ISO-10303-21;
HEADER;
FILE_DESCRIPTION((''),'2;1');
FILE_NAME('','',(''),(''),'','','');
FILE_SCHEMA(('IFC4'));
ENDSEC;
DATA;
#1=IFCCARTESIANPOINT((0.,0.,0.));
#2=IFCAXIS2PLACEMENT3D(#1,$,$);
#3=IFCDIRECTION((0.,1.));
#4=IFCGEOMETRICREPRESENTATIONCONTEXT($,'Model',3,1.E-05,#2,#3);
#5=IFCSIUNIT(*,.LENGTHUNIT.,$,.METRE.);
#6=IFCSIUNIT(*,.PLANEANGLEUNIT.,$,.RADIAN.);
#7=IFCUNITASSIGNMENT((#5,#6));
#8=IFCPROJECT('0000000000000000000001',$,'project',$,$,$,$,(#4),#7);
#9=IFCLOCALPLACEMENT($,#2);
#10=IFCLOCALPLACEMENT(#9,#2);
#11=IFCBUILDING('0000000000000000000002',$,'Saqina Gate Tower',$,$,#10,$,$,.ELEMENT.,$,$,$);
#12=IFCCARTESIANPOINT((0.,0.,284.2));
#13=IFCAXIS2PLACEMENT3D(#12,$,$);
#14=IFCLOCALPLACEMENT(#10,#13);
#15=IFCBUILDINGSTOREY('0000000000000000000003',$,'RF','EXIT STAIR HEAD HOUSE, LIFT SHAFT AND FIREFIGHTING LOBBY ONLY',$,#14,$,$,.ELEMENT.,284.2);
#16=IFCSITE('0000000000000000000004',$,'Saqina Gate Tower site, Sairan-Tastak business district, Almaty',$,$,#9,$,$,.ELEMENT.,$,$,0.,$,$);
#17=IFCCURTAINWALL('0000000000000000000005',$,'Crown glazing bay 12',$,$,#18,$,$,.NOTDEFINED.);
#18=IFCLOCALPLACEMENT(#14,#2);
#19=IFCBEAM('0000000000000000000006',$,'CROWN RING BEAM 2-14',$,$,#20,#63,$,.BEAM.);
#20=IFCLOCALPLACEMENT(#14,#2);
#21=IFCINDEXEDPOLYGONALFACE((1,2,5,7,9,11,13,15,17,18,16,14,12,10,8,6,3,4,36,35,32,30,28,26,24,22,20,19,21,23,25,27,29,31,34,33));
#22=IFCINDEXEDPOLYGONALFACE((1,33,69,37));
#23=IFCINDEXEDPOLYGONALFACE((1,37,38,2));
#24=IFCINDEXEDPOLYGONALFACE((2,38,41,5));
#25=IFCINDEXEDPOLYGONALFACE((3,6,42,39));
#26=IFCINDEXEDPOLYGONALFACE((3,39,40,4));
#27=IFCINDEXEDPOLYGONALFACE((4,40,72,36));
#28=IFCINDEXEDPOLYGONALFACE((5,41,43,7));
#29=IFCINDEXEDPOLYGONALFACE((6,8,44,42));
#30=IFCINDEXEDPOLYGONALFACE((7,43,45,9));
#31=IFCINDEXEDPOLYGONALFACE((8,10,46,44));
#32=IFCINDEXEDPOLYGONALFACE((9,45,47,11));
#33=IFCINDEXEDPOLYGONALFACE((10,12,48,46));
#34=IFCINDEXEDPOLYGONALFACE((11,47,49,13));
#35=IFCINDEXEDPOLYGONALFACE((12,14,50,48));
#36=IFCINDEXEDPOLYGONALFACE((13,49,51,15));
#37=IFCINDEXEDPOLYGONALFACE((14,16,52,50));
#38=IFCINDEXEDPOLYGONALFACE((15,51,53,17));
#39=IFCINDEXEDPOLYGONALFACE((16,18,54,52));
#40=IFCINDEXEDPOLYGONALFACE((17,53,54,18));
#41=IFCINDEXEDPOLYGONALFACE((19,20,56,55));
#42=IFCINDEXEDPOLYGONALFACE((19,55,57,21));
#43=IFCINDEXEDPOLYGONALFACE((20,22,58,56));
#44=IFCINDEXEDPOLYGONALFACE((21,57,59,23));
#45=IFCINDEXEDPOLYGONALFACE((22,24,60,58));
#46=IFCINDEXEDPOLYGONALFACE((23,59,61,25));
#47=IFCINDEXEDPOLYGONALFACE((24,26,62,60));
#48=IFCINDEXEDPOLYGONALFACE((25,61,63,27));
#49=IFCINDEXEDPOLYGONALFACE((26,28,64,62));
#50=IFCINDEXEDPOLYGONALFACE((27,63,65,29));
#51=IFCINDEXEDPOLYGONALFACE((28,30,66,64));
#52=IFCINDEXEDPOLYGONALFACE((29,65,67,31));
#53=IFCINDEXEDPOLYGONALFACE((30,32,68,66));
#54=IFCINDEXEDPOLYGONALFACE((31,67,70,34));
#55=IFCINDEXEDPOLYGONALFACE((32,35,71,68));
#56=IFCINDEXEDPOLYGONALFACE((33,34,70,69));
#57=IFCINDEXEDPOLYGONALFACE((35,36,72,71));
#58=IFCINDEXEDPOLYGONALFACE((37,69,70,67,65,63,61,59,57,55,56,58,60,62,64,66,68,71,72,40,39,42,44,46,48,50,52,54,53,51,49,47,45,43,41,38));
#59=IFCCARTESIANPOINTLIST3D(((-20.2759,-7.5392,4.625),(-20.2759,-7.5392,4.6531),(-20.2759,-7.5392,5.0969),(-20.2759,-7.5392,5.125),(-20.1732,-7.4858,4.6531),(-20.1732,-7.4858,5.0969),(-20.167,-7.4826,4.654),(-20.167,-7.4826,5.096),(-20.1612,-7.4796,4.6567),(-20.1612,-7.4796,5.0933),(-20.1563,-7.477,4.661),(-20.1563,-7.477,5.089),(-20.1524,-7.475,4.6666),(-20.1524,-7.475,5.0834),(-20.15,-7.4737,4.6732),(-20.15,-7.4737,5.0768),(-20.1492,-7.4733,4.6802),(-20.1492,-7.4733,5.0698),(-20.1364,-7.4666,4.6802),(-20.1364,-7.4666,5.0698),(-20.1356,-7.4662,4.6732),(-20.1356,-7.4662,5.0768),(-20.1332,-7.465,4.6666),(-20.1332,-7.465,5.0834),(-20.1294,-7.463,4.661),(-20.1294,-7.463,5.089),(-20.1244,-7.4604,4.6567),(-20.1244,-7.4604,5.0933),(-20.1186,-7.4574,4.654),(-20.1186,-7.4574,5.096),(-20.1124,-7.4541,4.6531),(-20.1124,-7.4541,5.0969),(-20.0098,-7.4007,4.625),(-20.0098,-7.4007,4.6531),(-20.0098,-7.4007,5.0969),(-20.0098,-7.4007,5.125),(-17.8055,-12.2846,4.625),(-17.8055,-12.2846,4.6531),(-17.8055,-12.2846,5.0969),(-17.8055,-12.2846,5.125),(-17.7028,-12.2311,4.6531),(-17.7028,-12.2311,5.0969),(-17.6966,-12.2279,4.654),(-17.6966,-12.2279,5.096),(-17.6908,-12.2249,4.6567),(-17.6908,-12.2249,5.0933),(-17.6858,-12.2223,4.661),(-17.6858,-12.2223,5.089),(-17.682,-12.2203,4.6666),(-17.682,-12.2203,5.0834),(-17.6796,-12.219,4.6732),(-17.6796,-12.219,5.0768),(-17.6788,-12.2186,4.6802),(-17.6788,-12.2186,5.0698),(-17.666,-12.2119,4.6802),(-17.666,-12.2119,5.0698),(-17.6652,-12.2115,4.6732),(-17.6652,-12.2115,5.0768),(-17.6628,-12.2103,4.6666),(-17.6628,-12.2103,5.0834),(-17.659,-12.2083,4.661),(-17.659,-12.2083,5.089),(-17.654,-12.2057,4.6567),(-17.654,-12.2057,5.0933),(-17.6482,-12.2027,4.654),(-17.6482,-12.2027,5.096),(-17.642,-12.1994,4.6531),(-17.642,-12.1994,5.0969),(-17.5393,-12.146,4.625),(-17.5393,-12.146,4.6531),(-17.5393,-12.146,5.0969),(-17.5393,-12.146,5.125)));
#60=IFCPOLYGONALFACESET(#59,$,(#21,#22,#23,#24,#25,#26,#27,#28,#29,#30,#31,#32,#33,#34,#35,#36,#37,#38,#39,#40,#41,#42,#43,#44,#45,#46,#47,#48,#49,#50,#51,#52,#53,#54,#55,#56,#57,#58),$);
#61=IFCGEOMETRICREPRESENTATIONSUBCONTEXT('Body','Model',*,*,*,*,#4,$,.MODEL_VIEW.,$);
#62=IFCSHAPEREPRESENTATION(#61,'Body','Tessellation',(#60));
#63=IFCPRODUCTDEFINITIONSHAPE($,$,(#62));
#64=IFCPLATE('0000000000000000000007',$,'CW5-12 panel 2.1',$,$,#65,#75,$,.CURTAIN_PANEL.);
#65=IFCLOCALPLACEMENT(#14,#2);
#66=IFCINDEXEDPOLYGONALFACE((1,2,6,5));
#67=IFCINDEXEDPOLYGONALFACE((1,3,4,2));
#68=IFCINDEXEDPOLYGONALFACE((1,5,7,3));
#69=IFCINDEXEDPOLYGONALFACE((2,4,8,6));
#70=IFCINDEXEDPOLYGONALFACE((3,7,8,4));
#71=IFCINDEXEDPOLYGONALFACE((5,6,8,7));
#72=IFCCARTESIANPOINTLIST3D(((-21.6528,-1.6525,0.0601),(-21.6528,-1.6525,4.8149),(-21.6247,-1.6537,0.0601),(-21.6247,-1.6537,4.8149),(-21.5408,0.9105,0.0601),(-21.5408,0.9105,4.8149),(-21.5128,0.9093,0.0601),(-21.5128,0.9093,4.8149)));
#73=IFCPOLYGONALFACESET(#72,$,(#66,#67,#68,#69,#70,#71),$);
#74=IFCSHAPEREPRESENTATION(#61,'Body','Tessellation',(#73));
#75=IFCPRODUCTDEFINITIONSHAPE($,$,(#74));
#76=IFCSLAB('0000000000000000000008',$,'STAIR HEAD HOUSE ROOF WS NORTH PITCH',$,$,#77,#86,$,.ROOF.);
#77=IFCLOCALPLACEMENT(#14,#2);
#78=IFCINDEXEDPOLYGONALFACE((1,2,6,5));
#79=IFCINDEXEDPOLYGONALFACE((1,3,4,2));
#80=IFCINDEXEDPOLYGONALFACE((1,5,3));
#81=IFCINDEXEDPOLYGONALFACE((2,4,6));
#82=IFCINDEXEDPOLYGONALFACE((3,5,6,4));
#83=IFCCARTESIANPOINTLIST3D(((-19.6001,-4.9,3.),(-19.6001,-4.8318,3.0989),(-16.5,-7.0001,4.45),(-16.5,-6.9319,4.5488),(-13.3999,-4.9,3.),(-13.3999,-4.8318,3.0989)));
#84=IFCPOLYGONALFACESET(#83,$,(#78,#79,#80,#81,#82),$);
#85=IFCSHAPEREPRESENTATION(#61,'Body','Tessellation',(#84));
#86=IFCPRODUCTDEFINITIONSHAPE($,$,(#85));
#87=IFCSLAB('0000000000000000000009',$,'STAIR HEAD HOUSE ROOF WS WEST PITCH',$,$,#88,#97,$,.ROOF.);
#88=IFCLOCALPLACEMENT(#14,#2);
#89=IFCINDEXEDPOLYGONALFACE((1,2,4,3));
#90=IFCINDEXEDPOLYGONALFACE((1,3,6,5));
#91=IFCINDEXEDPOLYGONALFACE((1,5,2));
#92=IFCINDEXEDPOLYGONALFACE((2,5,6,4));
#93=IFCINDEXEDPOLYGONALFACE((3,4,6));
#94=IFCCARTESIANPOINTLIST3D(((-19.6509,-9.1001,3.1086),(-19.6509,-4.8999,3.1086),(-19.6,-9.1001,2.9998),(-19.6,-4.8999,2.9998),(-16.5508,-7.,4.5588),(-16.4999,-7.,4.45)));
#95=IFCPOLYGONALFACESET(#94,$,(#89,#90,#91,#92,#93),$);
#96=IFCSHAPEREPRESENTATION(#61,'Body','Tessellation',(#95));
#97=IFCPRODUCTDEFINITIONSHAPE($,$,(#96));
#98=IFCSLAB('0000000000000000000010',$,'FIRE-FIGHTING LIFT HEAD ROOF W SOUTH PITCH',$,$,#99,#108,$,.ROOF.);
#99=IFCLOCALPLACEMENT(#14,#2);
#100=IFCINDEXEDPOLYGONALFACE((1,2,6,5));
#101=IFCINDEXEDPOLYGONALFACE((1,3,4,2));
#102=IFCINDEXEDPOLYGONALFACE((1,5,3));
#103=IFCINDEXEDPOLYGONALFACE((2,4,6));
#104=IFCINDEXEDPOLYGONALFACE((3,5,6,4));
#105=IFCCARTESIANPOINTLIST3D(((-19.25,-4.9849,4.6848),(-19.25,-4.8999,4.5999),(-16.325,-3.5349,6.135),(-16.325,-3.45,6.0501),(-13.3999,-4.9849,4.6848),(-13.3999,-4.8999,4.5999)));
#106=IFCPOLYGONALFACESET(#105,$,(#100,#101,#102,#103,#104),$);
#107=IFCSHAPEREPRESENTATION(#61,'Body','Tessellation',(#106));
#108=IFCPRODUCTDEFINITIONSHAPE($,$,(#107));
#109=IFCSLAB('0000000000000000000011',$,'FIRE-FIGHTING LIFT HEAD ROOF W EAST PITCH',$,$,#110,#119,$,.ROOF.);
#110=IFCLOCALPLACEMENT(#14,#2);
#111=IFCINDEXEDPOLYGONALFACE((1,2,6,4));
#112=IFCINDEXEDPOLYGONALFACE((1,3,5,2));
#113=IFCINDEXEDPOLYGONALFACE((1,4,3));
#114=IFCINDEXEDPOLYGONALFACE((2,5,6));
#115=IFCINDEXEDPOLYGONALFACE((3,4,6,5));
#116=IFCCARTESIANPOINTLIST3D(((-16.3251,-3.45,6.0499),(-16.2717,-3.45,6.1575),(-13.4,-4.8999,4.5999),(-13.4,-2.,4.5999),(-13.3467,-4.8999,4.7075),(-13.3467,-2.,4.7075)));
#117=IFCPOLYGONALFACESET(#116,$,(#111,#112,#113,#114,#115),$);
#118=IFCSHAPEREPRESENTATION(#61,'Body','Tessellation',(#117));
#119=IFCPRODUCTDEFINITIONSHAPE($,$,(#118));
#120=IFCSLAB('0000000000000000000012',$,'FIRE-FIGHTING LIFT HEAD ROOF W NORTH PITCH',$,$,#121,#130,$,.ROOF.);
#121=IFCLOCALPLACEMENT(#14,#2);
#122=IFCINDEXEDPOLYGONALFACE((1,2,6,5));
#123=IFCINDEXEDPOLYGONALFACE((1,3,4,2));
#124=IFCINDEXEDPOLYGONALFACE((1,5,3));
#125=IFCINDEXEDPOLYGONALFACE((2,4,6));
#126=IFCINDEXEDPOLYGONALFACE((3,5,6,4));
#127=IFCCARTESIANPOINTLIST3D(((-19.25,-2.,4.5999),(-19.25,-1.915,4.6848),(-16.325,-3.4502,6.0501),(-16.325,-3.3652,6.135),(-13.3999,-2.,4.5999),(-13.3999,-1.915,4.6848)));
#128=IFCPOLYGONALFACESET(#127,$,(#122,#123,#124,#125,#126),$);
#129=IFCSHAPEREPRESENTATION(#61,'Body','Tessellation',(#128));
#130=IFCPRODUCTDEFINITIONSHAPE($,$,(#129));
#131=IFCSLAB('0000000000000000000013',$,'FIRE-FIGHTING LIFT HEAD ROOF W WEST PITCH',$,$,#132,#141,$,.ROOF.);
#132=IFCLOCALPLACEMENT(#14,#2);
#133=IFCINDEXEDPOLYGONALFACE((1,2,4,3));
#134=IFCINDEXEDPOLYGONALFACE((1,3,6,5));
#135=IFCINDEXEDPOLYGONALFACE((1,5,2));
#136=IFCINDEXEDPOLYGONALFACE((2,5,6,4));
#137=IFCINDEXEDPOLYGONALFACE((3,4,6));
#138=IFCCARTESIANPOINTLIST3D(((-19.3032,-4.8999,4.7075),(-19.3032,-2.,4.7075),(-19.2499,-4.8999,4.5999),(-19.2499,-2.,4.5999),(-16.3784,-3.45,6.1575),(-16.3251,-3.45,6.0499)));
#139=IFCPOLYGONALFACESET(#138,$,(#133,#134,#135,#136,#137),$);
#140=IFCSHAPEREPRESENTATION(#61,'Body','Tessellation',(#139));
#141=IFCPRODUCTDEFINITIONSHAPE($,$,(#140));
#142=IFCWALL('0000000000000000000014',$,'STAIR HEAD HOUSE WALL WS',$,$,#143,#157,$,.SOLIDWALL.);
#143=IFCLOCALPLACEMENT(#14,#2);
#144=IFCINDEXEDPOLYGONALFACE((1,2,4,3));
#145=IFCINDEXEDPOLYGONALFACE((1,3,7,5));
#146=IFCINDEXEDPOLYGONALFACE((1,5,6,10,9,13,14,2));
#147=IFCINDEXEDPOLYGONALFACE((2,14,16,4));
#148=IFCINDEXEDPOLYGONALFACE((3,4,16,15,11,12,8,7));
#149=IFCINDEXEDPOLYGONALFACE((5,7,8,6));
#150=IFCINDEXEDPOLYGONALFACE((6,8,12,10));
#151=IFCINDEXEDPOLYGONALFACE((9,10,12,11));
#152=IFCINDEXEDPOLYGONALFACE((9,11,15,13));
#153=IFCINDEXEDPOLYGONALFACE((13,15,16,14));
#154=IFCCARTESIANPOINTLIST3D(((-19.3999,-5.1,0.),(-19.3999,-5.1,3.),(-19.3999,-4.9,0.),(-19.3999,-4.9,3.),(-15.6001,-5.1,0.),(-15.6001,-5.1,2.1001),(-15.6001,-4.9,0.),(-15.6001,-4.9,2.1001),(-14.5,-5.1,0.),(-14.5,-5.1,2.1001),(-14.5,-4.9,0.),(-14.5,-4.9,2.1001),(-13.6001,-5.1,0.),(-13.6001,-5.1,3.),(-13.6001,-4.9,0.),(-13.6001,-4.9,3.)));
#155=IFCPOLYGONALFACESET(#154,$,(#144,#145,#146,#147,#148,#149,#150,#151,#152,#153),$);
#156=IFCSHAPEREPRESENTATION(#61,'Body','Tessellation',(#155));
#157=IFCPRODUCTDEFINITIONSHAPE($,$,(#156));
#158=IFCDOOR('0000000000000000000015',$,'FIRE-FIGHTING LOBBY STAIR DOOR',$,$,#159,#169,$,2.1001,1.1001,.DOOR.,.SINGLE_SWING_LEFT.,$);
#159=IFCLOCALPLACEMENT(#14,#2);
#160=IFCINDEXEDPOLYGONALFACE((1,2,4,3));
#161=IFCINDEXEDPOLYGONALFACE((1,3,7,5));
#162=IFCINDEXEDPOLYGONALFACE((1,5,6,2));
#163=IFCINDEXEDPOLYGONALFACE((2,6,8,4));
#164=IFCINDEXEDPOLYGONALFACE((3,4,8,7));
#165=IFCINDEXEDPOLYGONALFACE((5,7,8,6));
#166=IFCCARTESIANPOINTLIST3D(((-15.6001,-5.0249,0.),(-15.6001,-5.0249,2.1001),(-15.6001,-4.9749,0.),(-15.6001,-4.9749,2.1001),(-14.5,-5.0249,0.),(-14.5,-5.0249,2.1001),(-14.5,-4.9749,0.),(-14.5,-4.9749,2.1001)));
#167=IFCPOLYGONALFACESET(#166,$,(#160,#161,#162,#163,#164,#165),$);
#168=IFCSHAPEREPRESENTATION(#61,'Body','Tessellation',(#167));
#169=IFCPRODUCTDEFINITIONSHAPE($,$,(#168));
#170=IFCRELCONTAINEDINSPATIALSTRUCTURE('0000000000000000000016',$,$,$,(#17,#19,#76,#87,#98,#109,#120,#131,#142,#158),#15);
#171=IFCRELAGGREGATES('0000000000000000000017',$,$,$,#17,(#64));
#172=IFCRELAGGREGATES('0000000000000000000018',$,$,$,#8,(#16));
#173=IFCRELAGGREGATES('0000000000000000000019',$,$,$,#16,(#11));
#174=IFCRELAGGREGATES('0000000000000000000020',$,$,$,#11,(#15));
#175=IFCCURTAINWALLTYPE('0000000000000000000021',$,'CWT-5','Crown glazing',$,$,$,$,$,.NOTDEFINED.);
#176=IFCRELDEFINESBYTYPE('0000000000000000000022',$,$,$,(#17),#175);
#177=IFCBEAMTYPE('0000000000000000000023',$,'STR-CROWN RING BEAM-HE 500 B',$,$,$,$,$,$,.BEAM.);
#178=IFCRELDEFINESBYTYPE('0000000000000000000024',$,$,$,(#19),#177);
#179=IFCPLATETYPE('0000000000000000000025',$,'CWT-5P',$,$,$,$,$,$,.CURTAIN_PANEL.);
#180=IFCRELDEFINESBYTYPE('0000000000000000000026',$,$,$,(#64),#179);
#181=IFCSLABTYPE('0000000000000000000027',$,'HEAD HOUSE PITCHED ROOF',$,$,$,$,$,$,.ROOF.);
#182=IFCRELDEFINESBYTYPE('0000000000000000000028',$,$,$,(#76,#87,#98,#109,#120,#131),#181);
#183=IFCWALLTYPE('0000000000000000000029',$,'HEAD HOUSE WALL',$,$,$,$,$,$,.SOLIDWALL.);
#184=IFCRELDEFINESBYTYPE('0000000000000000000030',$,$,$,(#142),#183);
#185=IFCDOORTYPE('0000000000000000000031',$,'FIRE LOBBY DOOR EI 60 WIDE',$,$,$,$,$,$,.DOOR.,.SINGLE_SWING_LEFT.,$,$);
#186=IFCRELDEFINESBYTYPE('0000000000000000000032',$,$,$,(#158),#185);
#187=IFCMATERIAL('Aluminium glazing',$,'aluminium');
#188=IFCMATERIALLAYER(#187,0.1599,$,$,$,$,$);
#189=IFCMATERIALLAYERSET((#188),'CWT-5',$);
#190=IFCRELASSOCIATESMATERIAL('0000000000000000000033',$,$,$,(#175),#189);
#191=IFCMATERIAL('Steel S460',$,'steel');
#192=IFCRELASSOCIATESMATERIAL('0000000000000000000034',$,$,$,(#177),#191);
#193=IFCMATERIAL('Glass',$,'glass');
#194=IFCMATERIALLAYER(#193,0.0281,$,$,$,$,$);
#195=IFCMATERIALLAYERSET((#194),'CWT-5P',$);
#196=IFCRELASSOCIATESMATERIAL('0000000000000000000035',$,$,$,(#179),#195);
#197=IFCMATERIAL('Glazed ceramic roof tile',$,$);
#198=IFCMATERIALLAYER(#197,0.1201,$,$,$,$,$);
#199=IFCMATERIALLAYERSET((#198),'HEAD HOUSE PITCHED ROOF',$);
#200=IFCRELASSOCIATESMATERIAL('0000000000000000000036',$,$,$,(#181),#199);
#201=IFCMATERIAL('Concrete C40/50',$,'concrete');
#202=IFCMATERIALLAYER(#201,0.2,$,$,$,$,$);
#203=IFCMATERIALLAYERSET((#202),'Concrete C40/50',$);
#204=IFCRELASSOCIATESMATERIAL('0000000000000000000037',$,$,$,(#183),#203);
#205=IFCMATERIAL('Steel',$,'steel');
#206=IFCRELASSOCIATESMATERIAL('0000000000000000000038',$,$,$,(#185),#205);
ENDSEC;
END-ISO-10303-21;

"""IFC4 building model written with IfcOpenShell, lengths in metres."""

from ifc_helpers import new_model, si_unit, direction, frame, frame_2d, origin, origin_2d, place, context, subcontext, project, spatial, polyline, rectangle, i_section, outline, extrude, material, layer, layer_set, material_profile, profile_set, type_object, element, fill, aggregate, save


model = new_model("IFC4")

# Units and contexts
model_context = context("Model", 3, precision=1e-05, world=origin(), true_north=direction((0.0, 1.0)))
body_context = subcontext(model_context, "Body", "Model", "MODEL_VIEW")
ifc_project = project(units=[si_unit("LENGTHUNIT", "METRE"), si_unit("PLANEANGLEUNIT", "RADIAN")], contexts=[model_context])

# Site, building, storey
site_placement = place(None, origin())
site = spatial("IfcSite", under=ifc_project, at=site_placement, Name="Saqina Gate Tower site, Sairan-Tastak business district, Almaty", CompositionType="ELEMENT", RefElevation=0.0)
building_placement = place(site_placement, origin())
building = spatial("IfcBuilding", under=site, at=building_placement, Name="Saqina Gate Tower", CompositionType="ELEMENT")
storey_placement = place(building_placement, frame((0.0, 0.0, 284.2)))
storey = spatial("IfcBuildingStorey", under=building, at=storey_placement, Name="RF", Description="EXIT STAIR HEAD HOUSE, LIFT SHAFT AND FIREFIGHTING LOBBY ONLY", CompositionType="ELEMENT", Elevation=284.2)

# Curtain wall
ifc_material_1 = material(Name="Aluminium glazing", Category="aluminium")
ifc_layer_1 = layer(ifc_material_1, 0.1599)
ifc_layer_set_1 = layer_set([ifc_layer_1], Name="CWT-5")
curtain_wall_type = type_object("IfcCurtainWallType", Name="CWT-5", Description="Crown glazing", PredefinedType="NOTDEFINED", material=ifc_layer_set_1)
curtain_wall_1_placement = place(storey_placement, origin())
curtain_wall_1 = element("IfcCurtainWall", 1, at=curtain_wall_1_placement, inside=storey, type_object=curtain_wall_type, Name="Crown glazing bay 12", PredefinedType="NOTDEFINED")

# Beam
ifc_material_2 = material(Name="Steel S460", Category="steel")
ifc_material_profile_1 = material_profile(ifc_material_2, i_section(OverallWidth=0.3, OverallDepth=0.5, WebThickness=0.0144, FlangeThickness=0.0281, FilletRadius=0.0271, at=origin_2d()), Name="HE 500 B")
ifc_profile_set_1 = profile_set([ifc_material_profile_1], Name="Steel S460")
beam_type = type_object("IfcBeamType", Name="STR-CROWN RING BEAM-HE 500 B", PredefinedType="BEAM", material=ifc_profile_set_1)
beam_1_placement = place(storey_placement, frame((-20.1428, -7.47, 4.875), z_axis=(0.461775, -0.886997, 0.0), x_axis=(0.886997, 0.461775, 0.0)))
element("IfcBeam", 2, at=beam_1_placement, inside=storey, type_object=beam_type, Name="CROWN RING BEAM 2-14", PredefinedType="BEAM", context=body_context, shape_type="SweptSolid", body=[
    extrude(i_section(OverallWidth=0.3, OverallDepth=0.5, WebThickness=0.0144, FlangeThickness=0.0281, FilletRadius=0.0271, at=origin_2d()), origin(), (0.0, 0.0, 1.0), 5.3499),
])

# Plate
ifc_material_3 = material(Name="Glass", Category="glass")
ifc_layer_2 = layer(ifc_material_3, 0.0281)
ifc_layer_set_2 = layer_set([ifc_layer_2], Name="CWT-5P")
plate_type = type_object("IfcPlateType", Name="CWT-5P", PredefinedType="CURTAIN_PANEL", material=ifc_layer_set_2)
plate_placement = place(storey_placement, frame((-21.5828, -0.3716, 0.0601), z_axis=(0.0, 0.0, 1.0), x_axis=(-0.043629, -0.999048, 0.0)))
plate = element("IfcPlate", 3, at=plate_placement, type_object=plate_type, Name="CW5-12 panel 2.1", PredefinedType="CURTAIN_PANEL", context=body_context, shape_type="SweptSolid", body=[
    extrude(rectangle(XDim=2.5654, YDim=0.0281, at=origin_2d()), origin(), (0.0, 0.0, 1.0), 4.7549),
])
aggregate(curtain_wall_1, [plate])

# Slabs
ifc_material_4 = material(Name="Glazed ceramic roof tile")
ifc_layer_3 = layer(ifc_material_4, 0.1201)
ifc_layer_set_3 = layer_set([ifc_layer_3], Name="HEAD HOUSE PITCHED ROOF")
slab_type = type_object("IfcSlabType", Name="HEAD HOUSE PITCHED ROOF", PredefinedType="ROOF", material=ifc_layer_set_3)
slab_1_placement = place(storey_placement, frame((-13.3999, -4.8318, 3.0989), z_axis=(0.0, 0.56816, 0.822918), x_axis=(-1.0, 0.0, 0.0)))
element("IfcSlab", 4, at=slab_1_placement, inside=storey, type_object=slab_type, Name="STAIR HEAD HOUSE ROOF WS NORTH PITCH", PredefinedType="ROOF", context=body_context, shape_type="SweptSolid", body=[
    extrude(outline(polyline([(0.0, 0.0), (6.2002, 0.0), (3.1001, 2.552), (0.0, 0.0)])), origin(), (0.0, 0.0, -1.0), 0.1201),
])
slab_2_placement = place(storey_placement, frame((-19.6509, -4.8999, 3.1086), z_axis=(-0.423721, 0.0, 0.905793), x_axis=(0.0, -1.0, 0.0)))
element("IfcSlab", 5, at=slab_2_placement, inside=storey, type_object=slab_type, Name="STAIR HEAD HOUSE ROOF WS WEST PITCH", PredefinedType="ROOF", context=body_context, shape_type="SweptSolid", body=[
    extrude(outline(polyline([(0.0, 0.0), (4.2002, 0.0), (2.1001, 3.4225), (0.0, 0.0)])), origin(), (0.0, 0.0, -1.0), 0.1201),
])
slab_3_placement = place(storey_placement, frame((-19.25, -4.9849, 4.6848), z_axis=(0.0, -0.707166, 0.707047), x_axis=(1.0, 0.0, 0.0)))
element("IfcSlab", 6, at=slab_3_placement, inside=storey, type_object=slab_type, Name="FIRE-FIGHTING LIFT HEAD ROOF W SOUTH PITCH", PredefinedType="ROOF", context=body_context, shape_type="SweptSolid", body=[
    extrude(outline(polyline([(0.0, 0.0), (5.8501, 0.0), (2.925, 2.0507), (0.0, 0.0)])), origin(), (0.0, 0.0, -1.0), 0.1201),
])
slab_4_placement = place(storey_placement, frame((-13.3467, -4.8999, 4.7075), z_axis=(0.44413, 0.0, 0.895962), x_axis=(0.0, 1.0, 0.0)))
element("IfcSlab", 7, at=slab_4_placement, inside=storey, type_object=slab_type, Name="FIRE-FIGHTING LIFT HEAD ROOF W EAST PITCH", PredefinedType="ROOF", context=body_context, shape_type="SweptSolid", body=[
    extrude(outline(polyline([(0.0, 0.0), (2.8999, 0.0), (1.45, 3.2647), (0.0, 0.0)])), origin(), (0.0, 0.0, -1.0), 0.1201),
])
slab_5_placement = place(storey_placement, frame((-13.3999, -1.915, 4.6848), z_axis=(0.0, 0.707107, 0.707107), x_axis=(-1.0, 0.0, 0.0)))
element("IfcSlab", 8, at=slab_5_placement, inside=storey, type_object=slab_type, Name="FIRE-FIGHTING LIFT HEAD ROOF W NORTH PITCH", PredefinedType="ROOF", context=body_context, shape_type="SweptSolid", body=[
    extrude(outline(polyline([(0.0, 0.0), (5.8501, 0.0), (2.925, 2.0509), (0.0, 0.0)])), origin(), (0.0, 0.0, -1.0), 0.1201),
])
slab_6_placement = place(storey_placement, frame((-19.3032, -2.0, 4.7075), z_axis=(-0.44416, 0.0, 0.895948), x_axis=(0.0, -1.0, 0.0)))
element("IfcSlab", 9, at=slab_6_placement, inside=storey, type_object=slab_type, Name="FIRE-FIGHTING LIFT HEAD ROOF W WEST PITCH", PredefinedType="ROOF", context=body_context, shape_type="SweptSolid", body=[
    extrude(outline(polyline([(0.0, 0.0), (2.8999, 0.0), (1.45, 3.2645), (0.0, 0.0)])), origin(), (0.0, 0.0, -1.0), 0.1201),
])

# Wall, opening, door
ifc_material_5 = material(Name="Concrete C40/50", Category="concrete")
ifc_layer_4 = layer(ifc_material_5, 0.2)
ifc_layer_set_4 = layer_set([ifc_layer_4], Name="Concrete C40/50")
wall_type_1 = type_object("IfcWallType", Name="HEAD HOUSE WALL", PredefinedType="SOLIDWALL", material=ifc_layer_set_4)
wall_1_placement = place(storey_placement, frame((-13.6001, -5.0, 0.0), z_axis=(0.0, 0.0, 1.0), x_axis=(-1.0, 0.0, 0.0)))
wall_1 = element("IfcWall", 10, at=wall_1_placement, inside=storey, type_object=wall_type_1, Name="STAIR HEAD HOUSE WALL WS", PredefinedType="SOLIDWALL", context=body_context, shape_type="SweptSolid", body=[
    extrude(rectangle(XDim=5.7998, YDim=0.2, at=frame_2d((2.8999, 0.0))), origin(), (0.0, 0.0, 1.0), 3.0),
])
opening_1_placement = place(wall_1_placement, frame((0.8999, 0.0, 0.0)))
opening_1 = element("IfcOpeningElement", 11, at=opening_1_placement, cuts=wall_1, PredefinedType="OPENING", context=body_context, shape_type="SweptSolid", body=[
    extrude(rectangle(XDim=1.1001, YDim=2.1001, at=frame_2d((0.55, 1.05))), frame((0.0, 0.1121, 0.0), z_axis=(0.0, -1.0, 0.0), x_axis=(1.0, 0.0, 0.0)), (0.0, 0.0, 1.0), 0.2239),
])
ifc_material_6 = material(Name="Steel", Category="steel")
door_type_1 = type_object("IfcDoorType", Name="FIRE LOBBY DOOR EI 60 WIDE", OperationType="SINGLE_SWING_LEFT", PredefinedType="DOOR", material=ifc_material_6)
door_1_placement = place(opening_1_placement, origin())
door_1 = element("IfcDoor", 12, at=door_1_placement, inside=storey, type_object=door_type_1, Name="FIRE-FIGHTING LOBBY STAIR DOOR", OperationType="SINGLE_SWING_LEFT", OverallHeight=2.1001, OverallWidth=1.1001, PredefinedType="DOOR", context=body_context, shape_type="SweptSolid", body=[
    extrude(rectangle(XDim=1.1001, YDim=2.1001, at=frame_2d((0.55, 1.05))), frame((0.0, 0.0249, 0.0), z_axis=(0.0, -1.0, 0.0), x_axis=(1.0, 0.0, 0.0)), (0.0, 0.0, 1.0), 0.05),
])
fill(opening_1, door_1)

save(model, "model.ifc")
